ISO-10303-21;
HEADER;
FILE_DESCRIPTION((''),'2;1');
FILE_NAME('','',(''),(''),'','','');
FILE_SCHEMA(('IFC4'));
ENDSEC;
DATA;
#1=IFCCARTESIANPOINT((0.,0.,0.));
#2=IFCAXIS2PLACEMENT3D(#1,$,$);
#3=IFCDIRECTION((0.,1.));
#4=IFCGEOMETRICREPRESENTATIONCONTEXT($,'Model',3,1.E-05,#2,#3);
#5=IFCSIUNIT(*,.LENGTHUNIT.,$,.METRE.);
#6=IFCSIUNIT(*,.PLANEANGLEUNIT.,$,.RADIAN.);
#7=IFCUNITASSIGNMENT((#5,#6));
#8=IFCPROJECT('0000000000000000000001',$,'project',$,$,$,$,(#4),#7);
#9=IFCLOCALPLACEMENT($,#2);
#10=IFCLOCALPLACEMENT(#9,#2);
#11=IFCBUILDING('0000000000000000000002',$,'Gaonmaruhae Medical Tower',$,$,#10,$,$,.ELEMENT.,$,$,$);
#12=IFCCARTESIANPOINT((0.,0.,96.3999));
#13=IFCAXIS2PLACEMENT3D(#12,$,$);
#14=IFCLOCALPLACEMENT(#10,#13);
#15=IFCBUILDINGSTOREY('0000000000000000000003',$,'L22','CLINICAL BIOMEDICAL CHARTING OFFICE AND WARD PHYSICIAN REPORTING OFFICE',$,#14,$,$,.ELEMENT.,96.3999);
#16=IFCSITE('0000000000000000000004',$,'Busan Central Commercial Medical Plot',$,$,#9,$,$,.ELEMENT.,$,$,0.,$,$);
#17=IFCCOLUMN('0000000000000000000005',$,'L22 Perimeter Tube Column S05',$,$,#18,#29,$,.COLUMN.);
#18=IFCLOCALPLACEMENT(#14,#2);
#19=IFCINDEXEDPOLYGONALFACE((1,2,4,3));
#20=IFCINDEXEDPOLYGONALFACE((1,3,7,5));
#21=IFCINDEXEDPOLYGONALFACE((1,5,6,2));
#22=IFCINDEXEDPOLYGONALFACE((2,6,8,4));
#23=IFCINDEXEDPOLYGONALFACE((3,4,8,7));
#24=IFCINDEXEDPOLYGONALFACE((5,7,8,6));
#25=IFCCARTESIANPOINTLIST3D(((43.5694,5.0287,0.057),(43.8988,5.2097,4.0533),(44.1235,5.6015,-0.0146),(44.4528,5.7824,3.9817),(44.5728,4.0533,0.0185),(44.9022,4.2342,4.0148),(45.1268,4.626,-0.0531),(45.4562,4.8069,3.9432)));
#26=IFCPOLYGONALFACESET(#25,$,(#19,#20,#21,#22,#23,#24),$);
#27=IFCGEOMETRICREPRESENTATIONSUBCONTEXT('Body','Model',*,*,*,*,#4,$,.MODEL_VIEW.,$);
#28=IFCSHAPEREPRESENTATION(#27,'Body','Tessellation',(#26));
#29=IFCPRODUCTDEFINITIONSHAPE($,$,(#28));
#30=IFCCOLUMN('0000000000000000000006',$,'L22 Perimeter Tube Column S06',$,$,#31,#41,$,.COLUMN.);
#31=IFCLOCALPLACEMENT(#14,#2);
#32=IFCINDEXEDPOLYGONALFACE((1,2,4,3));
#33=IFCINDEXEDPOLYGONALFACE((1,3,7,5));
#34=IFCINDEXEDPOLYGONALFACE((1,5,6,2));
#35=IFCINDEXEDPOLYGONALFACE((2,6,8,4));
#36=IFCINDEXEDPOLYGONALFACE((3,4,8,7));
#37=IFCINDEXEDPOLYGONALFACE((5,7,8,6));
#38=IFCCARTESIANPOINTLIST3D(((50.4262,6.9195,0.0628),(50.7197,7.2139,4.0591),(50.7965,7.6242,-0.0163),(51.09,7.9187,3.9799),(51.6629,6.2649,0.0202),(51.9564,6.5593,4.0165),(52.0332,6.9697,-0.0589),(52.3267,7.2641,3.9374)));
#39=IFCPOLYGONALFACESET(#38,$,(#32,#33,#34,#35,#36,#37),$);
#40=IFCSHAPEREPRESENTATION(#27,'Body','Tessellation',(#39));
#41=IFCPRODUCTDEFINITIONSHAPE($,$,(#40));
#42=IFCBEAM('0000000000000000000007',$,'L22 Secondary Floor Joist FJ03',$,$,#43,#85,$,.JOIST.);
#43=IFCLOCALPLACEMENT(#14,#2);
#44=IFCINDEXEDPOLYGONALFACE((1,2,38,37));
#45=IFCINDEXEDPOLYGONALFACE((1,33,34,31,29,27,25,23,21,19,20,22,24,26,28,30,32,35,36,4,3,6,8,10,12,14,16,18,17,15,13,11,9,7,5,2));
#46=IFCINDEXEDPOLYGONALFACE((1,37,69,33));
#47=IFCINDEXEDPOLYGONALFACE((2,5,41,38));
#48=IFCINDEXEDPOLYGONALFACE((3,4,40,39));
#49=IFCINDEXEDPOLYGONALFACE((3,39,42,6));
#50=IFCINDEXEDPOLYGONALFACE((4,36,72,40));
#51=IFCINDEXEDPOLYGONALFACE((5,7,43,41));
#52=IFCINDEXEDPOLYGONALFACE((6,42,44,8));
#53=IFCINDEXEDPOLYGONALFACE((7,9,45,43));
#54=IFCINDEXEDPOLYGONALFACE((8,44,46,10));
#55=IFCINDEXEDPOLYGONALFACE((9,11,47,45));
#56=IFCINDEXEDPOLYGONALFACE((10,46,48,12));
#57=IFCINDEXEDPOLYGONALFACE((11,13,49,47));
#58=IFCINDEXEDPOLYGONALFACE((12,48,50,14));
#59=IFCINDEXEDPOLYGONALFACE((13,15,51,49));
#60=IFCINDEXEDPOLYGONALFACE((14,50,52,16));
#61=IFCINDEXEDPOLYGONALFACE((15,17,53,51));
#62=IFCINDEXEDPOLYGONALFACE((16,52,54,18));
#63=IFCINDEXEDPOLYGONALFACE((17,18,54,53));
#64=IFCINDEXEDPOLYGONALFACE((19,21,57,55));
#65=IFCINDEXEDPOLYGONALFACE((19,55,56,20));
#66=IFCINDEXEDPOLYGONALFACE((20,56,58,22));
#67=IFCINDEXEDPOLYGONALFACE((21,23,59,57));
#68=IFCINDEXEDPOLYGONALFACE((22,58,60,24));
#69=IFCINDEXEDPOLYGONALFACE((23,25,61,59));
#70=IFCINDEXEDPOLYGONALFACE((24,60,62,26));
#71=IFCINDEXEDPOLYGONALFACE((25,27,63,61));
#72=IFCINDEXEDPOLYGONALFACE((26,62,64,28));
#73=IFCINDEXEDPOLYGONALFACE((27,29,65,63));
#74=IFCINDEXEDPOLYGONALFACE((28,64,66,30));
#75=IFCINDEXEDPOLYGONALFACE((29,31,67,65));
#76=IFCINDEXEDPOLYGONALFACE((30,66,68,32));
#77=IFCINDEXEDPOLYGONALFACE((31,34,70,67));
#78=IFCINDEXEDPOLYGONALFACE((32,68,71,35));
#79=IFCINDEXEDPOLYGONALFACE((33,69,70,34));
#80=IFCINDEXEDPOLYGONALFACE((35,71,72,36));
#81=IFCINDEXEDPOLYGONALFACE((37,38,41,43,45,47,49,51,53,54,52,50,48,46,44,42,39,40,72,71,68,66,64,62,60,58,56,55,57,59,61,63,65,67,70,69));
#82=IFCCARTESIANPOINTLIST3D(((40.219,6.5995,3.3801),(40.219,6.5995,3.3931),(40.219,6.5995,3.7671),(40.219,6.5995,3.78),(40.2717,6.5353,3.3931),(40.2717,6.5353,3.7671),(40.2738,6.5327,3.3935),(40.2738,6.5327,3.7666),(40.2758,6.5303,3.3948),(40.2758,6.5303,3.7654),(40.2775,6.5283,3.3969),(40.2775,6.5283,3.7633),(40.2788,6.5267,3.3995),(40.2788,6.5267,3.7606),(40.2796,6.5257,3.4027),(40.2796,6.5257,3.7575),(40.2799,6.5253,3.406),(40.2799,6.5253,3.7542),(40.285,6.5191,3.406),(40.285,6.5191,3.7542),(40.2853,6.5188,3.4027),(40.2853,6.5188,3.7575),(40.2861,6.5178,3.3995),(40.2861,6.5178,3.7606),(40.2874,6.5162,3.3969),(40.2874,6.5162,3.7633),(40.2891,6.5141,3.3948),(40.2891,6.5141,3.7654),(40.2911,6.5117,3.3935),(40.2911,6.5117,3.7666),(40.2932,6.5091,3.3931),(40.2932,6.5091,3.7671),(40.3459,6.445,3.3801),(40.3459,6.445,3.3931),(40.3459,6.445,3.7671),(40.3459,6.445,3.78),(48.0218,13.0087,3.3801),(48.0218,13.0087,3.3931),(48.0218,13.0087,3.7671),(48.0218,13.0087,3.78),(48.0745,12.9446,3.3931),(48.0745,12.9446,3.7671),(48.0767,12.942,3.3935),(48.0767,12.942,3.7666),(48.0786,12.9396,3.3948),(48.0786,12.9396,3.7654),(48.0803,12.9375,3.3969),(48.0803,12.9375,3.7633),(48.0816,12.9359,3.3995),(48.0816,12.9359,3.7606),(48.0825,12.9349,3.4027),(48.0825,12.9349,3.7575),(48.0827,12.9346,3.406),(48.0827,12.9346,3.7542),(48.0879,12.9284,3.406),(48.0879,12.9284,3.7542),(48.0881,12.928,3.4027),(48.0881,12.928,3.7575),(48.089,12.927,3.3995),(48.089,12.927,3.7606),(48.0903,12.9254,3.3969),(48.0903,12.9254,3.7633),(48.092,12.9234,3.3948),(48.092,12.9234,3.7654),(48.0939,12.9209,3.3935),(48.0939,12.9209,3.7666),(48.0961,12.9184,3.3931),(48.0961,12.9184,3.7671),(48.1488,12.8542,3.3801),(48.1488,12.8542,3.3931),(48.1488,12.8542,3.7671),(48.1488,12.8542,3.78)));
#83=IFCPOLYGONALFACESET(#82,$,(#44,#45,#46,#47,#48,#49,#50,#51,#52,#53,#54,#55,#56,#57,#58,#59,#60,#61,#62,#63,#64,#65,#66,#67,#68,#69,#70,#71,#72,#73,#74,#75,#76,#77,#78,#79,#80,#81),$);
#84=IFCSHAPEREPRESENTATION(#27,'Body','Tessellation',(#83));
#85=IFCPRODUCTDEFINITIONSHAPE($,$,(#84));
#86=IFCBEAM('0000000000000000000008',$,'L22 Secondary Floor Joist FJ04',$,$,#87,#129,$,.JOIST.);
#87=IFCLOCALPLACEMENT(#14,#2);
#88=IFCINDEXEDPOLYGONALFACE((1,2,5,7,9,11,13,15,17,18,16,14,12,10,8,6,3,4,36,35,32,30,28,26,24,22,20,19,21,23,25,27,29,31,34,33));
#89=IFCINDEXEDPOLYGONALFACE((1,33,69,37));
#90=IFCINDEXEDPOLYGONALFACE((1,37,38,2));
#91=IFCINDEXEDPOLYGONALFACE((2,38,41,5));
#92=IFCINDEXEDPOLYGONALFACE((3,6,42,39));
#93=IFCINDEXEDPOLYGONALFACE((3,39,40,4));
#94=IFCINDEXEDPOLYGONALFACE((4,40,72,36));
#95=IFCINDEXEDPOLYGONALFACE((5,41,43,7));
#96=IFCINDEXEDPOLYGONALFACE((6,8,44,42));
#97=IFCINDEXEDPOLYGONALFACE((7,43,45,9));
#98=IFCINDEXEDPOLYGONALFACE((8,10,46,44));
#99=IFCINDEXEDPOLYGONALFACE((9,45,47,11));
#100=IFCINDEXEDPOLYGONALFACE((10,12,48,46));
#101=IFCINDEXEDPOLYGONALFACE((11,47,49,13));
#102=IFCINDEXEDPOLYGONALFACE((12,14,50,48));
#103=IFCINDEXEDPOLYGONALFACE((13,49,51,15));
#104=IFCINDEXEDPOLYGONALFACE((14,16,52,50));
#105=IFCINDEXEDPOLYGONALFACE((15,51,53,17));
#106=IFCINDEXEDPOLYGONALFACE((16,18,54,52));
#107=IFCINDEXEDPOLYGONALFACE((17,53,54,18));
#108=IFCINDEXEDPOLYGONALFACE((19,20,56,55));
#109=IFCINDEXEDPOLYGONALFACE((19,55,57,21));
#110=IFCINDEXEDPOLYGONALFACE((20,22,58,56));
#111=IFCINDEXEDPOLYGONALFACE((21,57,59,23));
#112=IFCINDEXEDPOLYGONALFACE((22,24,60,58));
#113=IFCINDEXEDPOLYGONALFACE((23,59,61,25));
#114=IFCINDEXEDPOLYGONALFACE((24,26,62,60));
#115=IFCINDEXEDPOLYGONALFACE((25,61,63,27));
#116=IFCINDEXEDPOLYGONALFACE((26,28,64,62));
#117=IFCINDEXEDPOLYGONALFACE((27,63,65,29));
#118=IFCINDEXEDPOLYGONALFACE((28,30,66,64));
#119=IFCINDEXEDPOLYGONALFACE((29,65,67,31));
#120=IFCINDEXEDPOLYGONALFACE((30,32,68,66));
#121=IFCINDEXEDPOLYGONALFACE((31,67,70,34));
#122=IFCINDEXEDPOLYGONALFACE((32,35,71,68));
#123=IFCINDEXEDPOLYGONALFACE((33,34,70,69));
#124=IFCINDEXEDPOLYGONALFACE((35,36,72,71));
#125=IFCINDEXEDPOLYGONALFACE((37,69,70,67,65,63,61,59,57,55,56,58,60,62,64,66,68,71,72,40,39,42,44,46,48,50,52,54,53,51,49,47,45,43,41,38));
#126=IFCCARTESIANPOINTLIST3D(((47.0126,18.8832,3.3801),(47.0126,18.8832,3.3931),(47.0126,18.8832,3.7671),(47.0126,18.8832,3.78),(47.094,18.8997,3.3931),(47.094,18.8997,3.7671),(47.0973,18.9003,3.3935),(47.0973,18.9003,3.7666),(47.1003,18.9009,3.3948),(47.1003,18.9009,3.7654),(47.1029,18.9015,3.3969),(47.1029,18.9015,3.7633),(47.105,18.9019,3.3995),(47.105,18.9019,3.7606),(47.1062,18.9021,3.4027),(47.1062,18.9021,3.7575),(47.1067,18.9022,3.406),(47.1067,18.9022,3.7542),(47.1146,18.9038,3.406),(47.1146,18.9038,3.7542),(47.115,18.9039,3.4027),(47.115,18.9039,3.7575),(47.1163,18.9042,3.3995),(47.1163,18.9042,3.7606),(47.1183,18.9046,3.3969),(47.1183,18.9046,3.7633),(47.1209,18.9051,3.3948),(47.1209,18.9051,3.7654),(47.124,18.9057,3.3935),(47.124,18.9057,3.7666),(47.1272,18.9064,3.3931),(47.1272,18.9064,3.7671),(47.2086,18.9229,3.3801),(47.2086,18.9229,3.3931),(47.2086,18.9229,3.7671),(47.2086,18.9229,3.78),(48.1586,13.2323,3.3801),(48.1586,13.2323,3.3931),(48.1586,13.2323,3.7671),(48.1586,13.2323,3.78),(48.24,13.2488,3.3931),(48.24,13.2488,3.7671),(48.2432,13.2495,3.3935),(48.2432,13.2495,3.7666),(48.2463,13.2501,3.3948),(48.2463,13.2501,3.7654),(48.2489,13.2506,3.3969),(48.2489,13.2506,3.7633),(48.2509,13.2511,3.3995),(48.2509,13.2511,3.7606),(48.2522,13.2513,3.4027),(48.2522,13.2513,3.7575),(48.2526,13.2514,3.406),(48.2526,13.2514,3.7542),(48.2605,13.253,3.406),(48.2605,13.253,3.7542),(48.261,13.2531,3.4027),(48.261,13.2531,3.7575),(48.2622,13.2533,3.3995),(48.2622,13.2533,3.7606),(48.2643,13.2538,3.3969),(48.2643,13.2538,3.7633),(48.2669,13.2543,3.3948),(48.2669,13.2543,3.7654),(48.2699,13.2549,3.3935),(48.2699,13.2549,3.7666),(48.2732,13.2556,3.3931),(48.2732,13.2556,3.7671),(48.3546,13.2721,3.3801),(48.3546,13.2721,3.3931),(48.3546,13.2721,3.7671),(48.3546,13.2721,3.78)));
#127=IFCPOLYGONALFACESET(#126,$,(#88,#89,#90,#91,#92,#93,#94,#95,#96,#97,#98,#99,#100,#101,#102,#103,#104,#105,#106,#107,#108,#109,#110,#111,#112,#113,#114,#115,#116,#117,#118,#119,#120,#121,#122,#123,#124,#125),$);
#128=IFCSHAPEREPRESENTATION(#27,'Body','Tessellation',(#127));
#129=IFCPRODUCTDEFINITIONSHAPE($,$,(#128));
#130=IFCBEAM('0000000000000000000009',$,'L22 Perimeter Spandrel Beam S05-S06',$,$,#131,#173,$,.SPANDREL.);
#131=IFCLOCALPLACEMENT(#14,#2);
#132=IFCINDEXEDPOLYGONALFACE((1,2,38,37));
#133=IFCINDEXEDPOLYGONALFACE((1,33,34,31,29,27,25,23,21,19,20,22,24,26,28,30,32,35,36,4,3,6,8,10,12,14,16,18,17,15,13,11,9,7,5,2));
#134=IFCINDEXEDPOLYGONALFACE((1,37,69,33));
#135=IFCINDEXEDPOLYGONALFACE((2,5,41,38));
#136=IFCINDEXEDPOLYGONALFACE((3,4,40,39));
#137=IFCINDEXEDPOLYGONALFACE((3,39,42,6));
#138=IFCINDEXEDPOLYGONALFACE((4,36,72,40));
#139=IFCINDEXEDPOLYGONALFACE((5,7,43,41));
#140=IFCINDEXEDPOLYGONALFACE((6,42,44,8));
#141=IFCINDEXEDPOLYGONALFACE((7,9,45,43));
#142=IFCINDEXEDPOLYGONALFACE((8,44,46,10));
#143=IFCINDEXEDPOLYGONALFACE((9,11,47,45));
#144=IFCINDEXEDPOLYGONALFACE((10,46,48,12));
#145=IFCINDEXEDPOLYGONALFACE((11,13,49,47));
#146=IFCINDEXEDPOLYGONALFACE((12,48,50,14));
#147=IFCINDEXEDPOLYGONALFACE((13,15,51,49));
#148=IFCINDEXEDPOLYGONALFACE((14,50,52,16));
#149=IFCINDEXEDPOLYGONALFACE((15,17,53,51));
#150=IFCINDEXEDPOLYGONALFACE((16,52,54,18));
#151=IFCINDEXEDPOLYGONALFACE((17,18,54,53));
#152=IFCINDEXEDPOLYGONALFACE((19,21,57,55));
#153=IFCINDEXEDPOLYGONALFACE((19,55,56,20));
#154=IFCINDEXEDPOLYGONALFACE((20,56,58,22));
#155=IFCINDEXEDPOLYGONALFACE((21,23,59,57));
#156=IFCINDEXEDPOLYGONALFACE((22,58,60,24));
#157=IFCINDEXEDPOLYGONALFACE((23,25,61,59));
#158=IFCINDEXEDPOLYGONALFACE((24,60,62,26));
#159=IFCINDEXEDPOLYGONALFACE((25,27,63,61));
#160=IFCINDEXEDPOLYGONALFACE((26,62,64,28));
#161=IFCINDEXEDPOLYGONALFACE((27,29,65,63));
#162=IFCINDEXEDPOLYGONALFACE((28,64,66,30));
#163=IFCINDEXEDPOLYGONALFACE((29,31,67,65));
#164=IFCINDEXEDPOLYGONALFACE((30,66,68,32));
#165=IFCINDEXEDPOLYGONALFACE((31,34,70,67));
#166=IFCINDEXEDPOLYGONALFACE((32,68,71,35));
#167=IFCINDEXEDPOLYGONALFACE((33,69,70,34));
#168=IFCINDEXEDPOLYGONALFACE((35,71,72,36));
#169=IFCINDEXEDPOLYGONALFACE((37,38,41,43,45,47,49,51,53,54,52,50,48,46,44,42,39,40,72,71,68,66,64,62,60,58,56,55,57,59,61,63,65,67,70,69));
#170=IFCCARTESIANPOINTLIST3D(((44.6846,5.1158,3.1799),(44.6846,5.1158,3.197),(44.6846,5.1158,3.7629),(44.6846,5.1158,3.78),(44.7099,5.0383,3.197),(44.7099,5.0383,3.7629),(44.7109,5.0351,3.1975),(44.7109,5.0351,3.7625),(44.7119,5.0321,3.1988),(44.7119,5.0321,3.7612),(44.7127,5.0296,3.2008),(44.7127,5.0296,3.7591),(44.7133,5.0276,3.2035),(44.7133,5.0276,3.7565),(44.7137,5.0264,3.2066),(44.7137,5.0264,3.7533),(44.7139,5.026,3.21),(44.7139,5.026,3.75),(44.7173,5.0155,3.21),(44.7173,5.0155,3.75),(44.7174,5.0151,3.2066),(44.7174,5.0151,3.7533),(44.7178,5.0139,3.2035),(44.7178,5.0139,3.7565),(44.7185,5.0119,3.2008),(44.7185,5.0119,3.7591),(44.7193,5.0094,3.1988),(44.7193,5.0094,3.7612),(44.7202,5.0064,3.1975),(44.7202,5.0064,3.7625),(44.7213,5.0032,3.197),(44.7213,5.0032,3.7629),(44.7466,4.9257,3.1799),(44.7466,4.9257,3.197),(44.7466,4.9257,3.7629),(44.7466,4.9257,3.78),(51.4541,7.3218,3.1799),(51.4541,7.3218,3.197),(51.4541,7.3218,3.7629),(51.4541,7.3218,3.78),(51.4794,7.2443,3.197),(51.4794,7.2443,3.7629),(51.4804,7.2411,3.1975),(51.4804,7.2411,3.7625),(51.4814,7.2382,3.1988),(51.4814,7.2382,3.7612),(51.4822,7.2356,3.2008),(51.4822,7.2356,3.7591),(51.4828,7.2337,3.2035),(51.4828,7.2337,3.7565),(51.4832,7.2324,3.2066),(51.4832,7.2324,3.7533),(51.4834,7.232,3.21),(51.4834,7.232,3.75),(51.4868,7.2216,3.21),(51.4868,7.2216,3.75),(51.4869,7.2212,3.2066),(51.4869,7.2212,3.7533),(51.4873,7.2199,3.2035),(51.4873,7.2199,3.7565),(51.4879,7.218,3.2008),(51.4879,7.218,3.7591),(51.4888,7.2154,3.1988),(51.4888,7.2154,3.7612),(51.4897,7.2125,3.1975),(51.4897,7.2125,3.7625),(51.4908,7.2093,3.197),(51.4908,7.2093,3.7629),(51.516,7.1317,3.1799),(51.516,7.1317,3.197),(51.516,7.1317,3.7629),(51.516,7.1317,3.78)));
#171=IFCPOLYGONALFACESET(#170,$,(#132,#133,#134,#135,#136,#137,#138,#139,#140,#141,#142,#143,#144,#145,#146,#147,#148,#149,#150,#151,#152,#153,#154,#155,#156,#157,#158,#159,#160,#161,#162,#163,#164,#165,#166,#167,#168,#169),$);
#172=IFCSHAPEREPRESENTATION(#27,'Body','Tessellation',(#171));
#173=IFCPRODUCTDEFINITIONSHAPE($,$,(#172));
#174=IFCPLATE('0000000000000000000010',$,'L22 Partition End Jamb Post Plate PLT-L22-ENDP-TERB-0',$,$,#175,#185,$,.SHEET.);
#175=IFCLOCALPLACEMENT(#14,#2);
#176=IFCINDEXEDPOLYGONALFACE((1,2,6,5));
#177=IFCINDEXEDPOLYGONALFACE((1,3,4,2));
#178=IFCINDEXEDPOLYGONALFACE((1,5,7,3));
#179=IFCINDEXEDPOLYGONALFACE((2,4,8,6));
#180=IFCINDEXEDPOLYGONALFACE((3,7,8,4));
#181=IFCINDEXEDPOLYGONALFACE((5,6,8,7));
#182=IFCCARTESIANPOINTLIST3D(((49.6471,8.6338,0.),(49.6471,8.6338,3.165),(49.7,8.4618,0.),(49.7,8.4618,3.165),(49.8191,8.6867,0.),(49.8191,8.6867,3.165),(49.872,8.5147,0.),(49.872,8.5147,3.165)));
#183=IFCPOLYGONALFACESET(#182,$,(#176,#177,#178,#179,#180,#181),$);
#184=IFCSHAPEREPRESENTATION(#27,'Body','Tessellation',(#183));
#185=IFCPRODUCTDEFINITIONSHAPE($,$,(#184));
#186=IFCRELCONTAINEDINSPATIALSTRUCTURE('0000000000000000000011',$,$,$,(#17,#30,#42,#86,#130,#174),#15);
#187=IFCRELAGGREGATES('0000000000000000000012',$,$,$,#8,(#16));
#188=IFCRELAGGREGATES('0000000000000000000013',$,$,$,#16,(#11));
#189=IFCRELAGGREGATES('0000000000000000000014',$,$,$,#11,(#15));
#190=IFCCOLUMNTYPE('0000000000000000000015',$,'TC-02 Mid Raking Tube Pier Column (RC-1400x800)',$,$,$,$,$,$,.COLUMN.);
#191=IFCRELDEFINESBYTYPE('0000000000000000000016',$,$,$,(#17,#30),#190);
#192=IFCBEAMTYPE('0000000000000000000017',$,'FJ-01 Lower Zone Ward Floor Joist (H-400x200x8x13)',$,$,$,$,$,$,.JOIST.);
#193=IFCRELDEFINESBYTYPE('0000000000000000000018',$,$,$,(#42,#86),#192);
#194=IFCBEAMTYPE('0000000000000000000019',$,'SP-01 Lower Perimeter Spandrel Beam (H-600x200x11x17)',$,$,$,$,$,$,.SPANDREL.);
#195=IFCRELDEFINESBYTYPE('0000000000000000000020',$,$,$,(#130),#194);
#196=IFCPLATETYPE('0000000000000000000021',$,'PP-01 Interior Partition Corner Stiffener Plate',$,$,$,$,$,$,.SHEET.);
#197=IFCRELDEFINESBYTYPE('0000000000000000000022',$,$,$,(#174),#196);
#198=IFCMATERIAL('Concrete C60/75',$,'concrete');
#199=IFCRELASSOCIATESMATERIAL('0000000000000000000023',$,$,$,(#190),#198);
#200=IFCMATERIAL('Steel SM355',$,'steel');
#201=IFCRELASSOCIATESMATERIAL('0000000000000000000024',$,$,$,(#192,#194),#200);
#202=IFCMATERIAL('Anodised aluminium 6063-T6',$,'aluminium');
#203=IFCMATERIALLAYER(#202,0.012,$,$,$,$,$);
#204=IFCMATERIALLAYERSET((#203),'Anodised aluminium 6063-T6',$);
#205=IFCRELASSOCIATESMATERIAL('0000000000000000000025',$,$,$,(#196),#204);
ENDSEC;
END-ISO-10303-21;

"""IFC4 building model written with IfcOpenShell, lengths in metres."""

from ifc_helpers import new_model, si_unit, direction, frame, origin, origin_2d, place, context, subcontext, project, spatial, rectangle, i_section, extrude, material, layer, layer_set, material_profile, profile_set, type_object, element, save


model = new_model("IFC4")

# Units and contexts
model_context = context("Model", 3, precision=1e-05, world=origin(), true_north=direction((0.0, 1.0)))
body_context = subcontext(model_context, "Body", "Model", "MODEL_VIEW")
ifc_project = project(units=[si_unit("LENGTHUNIT", "METRE"), si_unit("PLANEANGLEUNIT", "RADIAN")], contexts=[model_context])

# Site, building, storey
site_placement = place(None, origin())
site = spatial("IfcSite", under=ifc_project, at=site_placement, Name="Busan Central Commercial Medical Plot", CompositionType="ELEMENT", RefElevation=0.0)
building_placement = place(site_placement, origin())
building = spatial("IfcBuilding", under=site, at=building_placement, Name="Gaonmaruhae Medical Tower", CompositionType="ELEMENT")
storey_placement = place(building_placement, frame((0.0, 0.0, 96.3999)))
storey = spatial("IfcBuildingStorey", under=building, at=storey_placement, Name="L22", Description="CLINICAL BIOMEDICAL CHARTING OFFICE AND WARD PHYSICIAN REPORTING OFFICE", CompositionType="ELEMENT", Elevation=96.3999)

# Columns
ifc_material_1 = material(Name="Concrete C60/75", Category="concrete")
ifc_material_profile_1 = material_profile(ifc_material_1, rectangle(XDim=1.3999, YDim=0.8, at=origin_2d()), Name="RC-1400x800")
ifc_profile_set_1 = profile_set([ifc_material_profile_1], Name="Concrete C60/75")
column_type = type_object("IfcColumnType", Name="TC-02 Mid Raking Tube Pier Column (RC-1400x800)", PredefinedType="COLUMN", material=ifc_profile_set_1)
column_1_placement = place(storey_placement, frame((44.3481, 4.8274, 0.002), z_axis=(0.08205, 0.04507, 0.995609), x_axis=(-0.716749, 0.696788, 0.027526)))
element("IfcColumn", 1, at=column_1_placement, inside=storey, type_object=column_type, Name="L22 Perimeter Tube Column S05", PredefinedType="COLUMN", context=body_context, shape_type="SweptSolid", body=[
    extrude(rectangle(XDim=1.3999, YDim=0.8, at=origin_2d()), origin(), (0.0, 0.0, 1.0), 4.0139),
])
column_2_placement = place(storey_placement, frame((51.2297, 6.9446, 0.002), z_axis=(0.073037, 0.07328, 0.994633), x_axis=(-0.883428, 0.467579, 0.030422)))
element("IfcColumn", 2, at=column_2_placement, inside=storey, type_object=column_type, Name="L22 Perimeter Tube Column S06", PredefinedType="COLUMN", context=body_context, shape_type="SweptSolid", body=[
    extrude(rectangle(XDim=1.3999, YDim=0.8, at=origin_2d()), origin(), (0.0, 0.0, 1.0), 4.0178),
])

# Beams
ifc_material_2 = material(Name="Steel SM355", Category="steel")
ifc_material_profile_2 = material_profile(ifc_material_2, i_section(OverallWidth=0.2, OverallDepth=0.3999, WebThickness=0.0081, FlangeThickness=0.0129, FilletRadius=0.0129, at=origin_2d()), Name="H-400x200x8x13")
ifc_profile_set_2 = profile_set([ifc_material_profile_2], Name="Steel SM355")
beam_type_1 = type_object("IfcBeamType", Name="FJ-01 Lower Zone Ward Floor Joist (H-400x200x8x13)", PredefinedType="JOIST", material=ifc_profile_set_2)
beam_1_placement = place(storey_placement, frame((40.2825, 6.5222, 3.5801), z_axis=(0.772736, 0.634727, 0.0), x_axis=(-0.634727, 0.772736, 0.0)))
element("IfcBeam", 3, at=beam_1_placement, inside=storey, type_object=beam_type_1, Name="L22 Secondary Floor Joist FJ03", PredefinedType="JOIST", context=body_context, shape_type="SweptSolid", body=[
    extrude(i_section(OverallWidth=0.2, OverallDepth=0.3999, WebThickness=0.0081, FlangeThickness=0.0129, FilletRadius=0.0129, at=origin_2d()), origin(), (0.0, 0.0, 1.0), 10.0977),
])
beam_2_placement = place(storey_placement, frame((48.2566, 13.2522, 3.5801), z_axis=(-0.198754, 0.980049, 0.0), x_axis=(-0.980049, -0.198754, 0.0)))
element("IfcBeam", 4, at=beam_2_placement, inside=storey, type_object=beam_type_1, Name="L22 Secondary Floor Joist FJ04", PredefinedType="JOIST", context=body_context, shape_type="SweptSolid", body=[
    extrude(i_section(OverallWidth=0.2, OverallDepth=0.3999, WebThickness=0.0081, FlangeThickness=0.0129, FilletRadius=0.0129, at=origin_2d()), origin(), (0.0, 0.0, 1.0), 5.7659),
])
ifc_material_profile_3 = material_profile(ifc_material_2, i_section(OverallWidth=0.2, OverallDepth=0.6001, WebThickness=0.011, FlangeThickness=0.0171, FilletRadius=0.0129, at=origin_2d()), Name="H-600x200x11x17")
ifc_profile_set_3 = profile_set([ifc_material_profile_3], Name="Steel SM355")
beam_type_2 = type_object("IfcBeamType", Name="SP-01 Lower Perimeter Spandrel Beam (H-600x200x11x17)", PredefinedType="SPANDREL", material=ifc_profile_set_3)
beam_3_placement = place(storey_placement, frame((44.7156, 5.0208, 3.48), z_axis=(0.950788, 0.309843, 0.0), x_axis=(-0.309843, 0.950788, 0.0)))
element("IfcBeam", 5, at=beam_3_placement, inside=storey, type_object=beam_type_2, Name="L22 Perimeter Spandrel Beam S05-S06", PredefinedType="SPANDREL", context=body_context, shape_type="SweptSolid", body=[
    extrude(i_section(OverallWidth=0.2, OverallDepth=0.6001, WebThickness=0.011, FlangeThickness=0.0171, FilletRadius=0.0129, at=origin_2d()), origin(), (0.0, 0.0, 1.0), 7.1199),
])

# Plate
ifc_material_3 = material(Name="Anodised aluminium 6063-T6", Category="aluminium")
ifc_layer_1 = layer(ifc_material_3, 0.012)
ifc_layer_set_1 = layer_set([ifc_layer_1], Name="Anodised aluminium 6063-T6")
plate_type = type_object("IfcPlateType", Name="PP-01 Interior Partition Corner Stiffener Plate", PredefinedType="SHEET", material=ifc_layer_set_1)
for number, where, z_axis, x_axis, name in (
    (6, (49.7595, 8.5742, 0.0), (0.0, 0.0, 1.0), (-0.955793, -0.29404, 0.0), "L22 Partition End Jamb Post Plate PLT-L22-ENDP-TERB-0"),
):
    element("IfcPlate", number, at=place(storey_placement, frame(where, z_axis=z_axis, x_axis=x_axis)), inside=storey, type_object=plate_type, Name=name, PredefinedType="SHEET", context=body_context, shape_type="SweptSolid", body=[
        extrude(rectangle(XDim=0.1799, YDim=0.1799, at=origin_2d()), origin(), (0.0, 0.0, 1.0), 3.165),
    ])

save(model, "model.ifc")
